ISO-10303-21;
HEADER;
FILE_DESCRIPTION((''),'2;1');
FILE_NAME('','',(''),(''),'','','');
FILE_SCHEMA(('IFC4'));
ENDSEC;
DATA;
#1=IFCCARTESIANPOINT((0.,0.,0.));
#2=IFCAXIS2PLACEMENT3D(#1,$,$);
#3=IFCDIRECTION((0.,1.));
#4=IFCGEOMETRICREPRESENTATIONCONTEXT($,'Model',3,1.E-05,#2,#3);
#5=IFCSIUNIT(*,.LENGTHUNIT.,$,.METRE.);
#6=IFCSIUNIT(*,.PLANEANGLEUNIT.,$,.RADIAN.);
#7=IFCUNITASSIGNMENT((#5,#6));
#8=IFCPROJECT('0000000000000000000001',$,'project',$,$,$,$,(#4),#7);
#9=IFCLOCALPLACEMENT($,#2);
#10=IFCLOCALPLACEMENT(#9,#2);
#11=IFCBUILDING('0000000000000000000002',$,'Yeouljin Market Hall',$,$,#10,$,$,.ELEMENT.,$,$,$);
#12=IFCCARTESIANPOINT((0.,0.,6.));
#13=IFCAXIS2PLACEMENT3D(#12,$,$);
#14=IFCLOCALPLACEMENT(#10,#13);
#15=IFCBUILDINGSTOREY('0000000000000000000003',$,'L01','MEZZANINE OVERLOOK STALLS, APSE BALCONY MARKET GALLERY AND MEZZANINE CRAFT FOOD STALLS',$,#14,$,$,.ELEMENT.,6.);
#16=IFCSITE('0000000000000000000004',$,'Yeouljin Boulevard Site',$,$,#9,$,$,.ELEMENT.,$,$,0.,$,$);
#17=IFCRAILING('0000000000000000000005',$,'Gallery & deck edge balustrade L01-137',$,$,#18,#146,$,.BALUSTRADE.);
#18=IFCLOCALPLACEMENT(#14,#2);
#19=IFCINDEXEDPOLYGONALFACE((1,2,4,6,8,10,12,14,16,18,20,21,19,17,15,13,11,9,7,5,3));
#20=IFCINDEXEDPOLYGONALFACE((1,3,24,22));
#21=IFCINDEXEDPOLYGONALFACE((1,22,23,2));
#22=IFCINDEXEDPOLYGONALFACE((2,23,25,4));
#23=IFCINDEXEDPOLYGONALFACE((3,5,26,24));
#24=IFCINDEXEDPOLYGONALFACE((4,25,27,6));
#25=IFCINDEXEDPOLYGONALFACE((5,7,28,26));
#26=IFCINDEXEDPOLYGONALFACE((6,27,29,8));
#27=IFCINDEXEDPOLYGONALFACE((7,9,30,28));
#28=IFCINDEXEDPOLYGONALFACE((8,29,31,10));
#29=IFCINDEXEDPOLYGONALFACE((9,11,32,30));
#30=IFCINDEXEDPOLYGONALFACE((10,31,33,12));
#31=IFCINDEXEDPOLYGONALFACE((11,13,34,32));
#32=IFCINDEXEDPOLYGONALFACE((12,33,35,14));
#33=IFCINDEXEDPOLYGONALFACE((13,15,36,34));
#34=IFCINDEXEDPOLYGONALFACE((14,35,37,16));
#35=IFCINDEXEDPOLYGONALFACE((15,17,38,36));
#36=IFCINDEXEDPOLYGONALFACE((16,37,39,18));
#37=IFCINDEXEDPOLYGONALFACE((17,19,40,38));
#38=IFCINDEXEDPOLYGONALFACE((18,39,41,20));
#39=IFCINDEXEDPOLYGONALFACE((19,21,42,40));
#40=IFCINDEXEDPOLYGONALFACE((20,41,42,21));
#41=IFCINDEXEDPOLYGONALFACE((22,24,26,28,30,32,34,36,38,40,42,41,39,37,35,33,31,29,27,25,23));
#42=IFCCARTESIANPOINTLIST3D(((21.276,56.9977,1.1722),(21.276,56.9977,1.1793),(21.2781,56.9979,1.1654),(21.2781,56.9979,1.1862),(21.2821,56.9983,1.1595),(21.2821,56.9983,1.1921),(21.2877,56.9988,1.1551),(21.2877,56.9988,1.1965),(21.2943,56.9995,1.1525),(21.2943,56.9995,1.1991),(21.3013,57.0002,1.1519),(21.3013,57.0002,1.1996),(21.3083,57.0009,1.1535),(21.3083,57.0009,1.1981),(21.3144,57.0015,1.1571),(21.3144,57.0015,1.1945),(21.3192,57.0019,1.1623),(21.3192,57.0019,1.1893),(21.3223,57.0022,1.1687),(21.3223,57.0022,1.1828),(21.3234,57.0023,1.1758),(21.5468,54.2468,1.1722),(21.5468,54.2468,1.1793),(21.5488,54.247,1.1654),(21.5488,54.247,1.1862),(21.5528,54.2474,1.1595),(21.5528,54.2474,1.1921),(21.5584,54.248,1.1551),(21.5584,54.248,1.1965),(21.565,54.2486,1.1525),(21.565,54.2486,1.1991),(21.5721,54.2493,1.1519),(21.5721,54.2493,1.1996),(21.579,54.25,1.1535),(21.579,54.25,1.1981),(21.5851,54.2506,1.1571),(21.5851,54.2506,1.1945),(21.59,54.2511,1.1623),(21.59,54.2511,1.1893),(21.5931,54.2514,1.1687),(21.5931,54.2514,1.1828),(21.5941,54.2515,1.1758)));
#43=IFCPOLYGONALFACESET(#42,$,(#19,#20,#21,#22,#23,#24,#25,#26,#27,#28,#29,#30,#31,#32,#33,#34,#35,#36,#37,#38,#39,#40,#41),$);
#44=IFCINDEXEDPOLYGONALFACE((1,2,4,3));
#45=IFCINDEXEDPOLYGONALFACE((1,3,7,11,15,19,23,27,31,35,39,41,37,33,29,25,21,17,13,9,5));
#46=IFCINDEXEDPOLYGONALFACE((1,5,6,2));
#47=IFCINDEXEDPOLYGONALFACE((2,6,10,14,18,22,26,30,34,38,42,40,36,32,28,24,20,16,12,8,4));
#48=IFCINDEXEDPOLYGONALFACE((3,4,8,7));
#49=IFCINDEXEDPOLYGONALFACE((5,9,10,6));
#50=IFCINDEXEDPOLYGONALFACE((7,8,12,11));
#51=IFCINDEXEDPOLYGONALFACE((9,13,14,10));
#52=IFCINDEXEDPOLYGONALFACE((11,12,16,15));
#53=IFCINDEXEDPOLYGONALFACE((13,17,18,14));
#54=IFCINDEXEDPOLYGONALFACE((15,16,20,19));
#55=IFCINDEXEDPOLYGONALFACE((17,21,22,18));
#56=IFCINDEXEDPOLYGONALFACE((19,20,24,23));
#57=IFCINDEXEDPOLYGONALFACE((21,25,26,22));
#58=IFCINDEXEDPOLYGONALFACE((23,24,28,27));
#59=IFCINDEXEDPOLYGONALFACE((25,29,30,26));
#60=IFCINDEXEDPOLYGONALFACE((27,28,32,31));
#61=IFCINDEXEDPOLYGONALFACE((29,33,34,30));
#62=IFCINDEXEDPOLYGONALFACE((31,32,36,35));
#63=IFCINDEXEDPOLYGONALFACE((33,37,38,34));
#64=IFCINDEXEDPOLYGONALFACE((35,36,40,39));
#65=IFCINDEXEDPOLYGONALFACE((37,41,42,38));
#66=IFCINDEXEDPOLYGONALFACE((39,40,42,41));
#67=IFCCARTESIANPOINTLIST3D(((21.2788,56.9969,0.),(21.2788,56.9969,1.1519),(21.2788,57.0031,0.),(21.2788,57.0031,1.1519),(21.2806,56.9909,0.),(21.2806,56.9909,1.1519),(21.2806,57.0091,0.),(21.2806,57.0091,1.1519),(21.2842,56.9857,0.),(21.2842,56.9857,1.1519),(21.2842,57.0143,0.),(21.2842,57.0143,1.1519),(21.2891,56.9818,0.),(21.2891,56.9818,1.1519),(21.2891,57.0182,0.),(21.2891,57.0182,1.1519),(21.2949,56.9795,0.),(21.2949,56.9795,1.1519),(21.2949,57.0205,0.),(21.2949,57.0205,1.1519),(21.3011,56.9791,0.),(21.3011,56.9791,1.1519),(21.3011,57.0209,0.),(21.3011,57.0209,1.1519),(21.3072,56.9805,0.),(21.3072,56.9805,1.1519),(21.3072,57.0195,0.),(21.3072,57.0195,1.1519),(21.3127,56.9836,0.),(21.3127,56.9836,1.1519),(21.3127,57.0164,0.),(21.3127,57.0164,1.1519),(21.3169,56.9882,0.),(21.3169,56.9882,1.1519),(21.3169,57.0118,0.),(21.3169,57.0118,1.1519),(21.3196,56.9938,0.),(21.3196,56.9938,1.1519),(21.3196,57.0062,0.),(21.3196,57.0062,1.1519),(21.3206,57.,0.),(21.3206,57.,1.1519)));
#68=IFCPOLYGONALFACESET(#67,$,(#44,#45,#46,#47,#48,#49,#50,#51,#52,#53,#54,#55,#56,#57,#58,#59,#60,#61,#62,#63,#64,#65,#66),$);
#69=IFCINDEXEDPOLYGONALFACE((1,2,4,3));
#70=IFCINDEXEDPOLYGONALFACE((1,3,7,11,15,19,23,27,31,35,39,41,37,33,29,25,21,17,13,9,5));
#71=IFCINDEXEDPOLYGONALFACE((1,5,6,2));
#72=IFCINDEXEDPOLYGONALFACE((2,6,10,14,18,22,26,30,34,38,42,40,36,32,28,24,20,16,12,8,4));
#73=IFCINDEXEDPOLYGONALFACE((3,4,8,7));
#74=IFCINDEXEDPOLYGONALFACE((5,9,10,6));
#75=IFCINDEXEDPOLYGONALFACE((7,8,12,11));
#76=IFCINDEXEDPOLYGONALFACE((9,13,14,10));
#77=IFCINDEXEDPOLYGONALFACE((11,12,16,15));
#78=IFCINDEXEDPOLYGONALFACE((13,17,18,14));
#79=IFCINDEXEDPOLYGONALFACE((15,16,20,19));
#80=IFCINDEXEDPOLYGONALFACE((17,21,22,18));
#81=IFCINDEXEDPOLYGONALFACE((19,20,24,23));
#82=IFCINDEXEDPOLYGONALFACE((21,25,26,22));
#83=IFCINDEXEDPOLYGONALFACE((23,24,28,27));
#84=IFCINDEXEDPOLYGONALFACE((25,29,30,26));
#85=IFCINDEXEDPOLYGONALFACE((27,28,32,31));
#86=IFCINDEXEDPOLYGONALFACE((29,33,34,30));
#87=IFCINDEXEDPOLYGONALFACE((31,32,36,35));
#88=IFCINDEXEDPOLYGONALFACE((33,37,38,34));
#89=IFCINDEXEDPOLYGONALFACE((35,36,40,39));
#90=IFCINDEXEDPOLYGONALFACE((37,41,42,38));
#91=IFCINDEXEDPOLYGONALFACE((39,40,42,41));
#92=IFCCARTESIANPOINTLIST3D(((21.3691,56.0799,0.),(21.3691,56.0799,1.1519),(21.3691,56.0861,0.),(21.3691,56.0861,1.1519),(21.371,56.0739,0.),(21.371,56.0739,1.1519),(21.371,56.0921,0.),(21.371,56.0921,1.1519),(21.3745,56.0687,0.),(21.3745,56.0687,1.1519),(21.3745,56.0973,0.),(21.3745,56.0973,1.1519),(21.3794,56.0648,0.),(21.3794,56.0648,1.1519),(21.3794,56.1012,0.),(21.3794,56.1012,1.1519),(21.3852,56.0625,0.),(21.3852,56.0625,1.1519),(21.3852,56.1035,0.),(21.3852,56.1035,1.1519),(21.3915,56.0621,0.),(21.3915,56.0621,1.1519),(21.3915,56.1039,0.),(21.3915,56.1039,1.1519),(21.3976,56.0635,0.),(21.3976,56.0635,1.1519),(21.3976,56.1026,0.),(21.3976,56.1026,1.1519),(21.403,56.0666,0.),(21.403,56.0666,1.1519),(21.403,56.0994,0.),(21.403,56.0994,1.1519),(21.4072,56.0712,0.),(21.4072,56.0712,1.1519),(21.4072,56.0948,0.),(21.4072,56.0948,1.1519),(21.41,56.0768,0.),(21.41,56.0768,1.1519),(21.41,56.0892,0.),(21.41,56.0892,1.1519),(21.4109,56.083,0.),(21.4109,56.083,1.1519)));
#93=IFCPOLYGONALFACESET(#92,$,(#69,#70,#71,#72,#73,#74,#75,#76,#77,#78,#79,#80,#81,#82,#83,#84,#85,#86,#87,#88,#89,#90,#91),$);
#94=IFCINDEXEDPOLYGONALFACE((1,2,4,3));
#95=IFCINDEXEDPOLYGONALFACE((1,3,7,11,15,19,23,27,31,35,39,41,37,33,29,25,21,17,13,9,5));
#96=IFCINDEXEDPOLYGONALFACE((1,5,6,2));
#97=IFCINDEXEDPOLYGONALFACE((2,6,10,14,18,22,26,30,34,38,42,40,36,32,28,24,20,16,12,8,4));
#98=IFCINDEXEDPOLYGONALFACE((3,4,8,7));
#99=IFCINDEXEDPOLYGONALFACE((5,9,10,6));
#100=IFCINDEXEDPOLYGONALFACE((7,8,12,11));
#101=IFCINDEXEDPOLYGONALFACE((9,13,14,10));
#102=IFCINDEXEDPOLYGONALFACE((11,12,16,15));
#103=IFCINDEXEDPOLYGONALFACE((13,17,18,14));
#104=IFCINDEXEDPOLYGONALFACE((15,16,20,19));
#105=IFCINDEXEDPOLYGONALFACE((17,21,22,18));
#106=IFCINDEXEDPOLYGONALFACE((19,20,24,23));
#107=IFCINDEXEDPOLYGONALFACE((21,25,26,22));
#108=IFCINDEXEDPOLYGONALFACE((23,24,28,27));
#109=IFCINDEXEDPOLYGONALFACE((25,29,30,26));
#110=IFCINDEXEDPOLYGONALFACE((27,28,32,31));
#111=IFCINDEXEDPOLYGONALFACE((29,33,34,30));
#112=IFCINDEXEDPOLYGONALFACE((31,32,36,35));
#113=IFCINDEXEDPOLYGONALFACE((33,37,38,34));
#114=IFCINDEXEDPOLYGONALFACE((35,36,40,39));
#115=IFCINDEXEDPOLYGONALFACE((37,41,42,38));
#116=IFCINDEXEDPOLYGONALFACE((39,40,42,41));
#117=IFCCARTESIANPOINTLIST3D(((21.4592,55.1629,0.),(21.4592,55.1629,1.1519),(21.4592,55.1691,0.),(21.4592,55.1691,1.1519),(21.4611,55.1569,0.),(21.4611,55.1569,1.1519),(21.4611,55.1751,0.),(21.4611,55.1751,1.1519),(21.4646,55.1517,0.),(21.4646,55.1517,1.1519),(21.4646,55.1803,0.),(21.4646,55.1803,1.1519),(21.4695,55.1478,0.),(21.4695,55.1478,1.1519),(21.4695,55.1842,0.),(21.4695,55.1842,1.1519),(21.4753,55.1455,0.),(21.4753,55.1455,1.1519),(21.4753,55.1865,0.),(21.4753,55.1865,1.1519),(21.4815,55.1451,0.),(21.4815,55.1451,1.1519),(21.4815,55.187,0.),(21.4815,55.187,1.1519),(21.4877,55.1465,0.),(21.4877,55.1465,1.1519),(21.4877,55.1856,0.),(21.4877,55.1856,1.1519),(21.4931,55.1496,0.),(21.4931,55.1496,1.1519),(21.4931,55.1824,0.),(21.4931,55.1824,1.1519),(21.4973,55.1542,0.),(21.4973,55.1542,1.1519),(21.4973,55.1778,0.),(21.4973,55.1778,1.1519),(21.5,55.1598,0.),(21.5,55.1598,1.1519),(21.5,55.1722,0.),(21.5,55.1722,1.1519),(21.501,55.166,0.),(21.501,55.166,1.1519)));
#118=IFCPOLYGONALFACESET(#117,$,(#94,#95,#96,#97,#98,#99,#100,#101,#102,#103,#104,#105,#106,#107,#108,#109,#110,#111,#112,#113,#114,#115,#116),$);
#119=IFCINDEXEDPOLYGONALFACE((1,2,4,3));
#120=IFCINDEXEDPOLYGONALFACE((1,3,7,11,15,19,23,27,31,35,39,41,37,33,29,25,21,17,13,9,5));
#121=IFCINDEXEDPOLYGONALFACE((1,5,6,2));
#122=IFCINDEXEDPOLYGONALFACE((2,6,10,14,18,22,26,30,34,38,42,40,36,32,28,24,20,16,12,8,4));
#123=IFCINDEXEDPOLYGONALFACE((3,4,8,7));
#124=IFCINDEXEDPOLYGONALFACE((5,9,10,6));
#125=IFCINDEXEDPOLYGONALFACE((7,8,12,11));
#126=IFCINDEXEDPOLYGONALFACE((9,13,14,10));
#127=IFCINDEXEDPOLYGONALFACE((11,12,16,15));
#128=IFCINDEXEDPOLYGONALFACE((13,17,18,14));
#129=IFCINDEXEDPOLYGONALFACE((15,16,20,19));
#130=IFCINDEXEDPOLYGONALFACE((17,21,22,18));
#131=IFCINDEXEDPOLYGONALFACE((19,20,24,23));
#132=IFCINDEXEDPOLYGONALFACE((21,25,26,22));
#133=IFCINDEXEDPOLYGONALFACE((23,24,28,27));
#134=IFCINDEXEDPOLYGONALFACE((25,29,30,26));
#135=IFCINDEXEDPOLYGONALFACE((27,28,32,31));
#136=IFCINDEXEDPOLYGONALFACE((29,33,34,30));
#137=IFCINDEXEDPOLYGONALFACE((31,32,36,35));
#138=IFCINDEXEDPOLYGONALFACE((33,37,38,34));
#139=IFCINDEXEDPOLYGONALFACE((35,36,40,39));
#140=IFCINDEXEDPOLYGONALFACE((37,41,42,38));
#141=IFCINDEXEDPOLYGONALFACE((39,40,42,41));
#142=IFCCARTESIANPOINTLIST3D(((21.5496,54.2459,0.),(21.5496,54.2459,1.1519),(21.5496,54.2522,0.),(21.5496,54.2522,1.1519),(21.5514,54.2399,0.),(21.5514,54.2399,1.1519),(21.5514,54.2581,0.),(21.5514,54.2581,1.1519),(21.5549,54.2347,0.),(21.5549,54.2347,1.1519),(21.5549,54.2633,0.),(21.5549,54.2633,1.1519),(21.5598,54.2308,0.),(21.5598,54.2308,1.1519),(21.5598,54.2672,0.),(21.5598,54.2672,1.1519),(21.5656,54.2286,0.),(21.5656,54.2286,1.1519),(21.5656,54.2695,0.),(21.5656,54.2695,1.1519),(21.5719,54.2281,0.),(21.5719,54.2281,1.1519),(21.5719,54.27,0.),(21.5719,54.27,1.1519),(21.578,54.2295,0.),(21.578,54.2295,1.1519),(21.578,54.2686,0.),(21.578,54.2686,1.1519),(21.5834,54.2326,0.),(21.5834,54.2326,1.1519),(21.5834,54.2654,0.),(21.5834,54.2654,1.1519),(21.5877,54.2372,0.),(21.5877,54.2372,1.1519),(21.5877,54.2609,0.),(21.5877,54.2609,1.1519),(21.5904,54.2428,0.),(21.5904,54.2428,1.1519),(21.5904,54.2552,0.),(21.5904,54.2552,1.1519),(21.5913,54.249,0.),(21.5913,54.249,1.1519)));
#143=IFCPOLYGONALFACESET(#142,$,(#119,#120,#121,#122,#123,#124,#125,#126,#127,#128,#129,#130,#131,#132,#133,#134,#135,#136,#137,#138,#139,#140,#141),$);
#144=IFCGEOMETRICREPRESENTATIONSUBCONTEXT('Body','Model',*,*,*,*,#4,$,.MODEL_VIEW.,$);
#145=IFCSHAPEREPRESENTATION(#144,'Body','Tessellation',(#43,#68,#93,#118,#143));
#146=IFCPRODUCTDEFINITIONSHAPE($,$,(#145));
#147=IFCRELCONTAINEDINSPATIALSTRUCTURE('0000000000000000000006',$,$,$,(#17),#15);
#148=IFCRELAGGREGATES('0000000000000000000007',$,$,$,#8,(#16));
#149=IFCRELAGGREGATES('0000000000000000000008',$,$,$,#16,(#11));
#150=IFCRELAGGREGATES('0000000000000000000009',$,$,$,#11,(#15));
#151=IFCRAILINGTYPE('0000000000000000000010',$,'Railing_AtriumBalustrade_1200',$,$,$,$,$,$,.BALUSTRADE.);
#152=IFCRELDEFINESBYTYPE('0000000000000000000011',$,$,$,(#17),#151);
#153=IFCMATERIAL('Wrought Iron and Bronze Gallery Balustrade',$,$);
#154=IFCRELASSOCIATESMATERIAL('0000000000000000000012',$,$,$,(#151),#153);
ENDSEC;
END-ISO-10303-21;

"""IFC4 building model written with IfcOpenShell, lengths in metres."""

from ifc_helpers import new_model, si_unit, direction, frame, origin, origin_2d, place, context, subcontext, project, spatial, circle, extrude, material, type_object, element, save


model = new_model("IFC4")

# Units and contexts
model_context = context("Model", 3, precision=1e-05, world=origin(), true_north=direction((0.0, 1.0)))
body_context = subcontext(model_context, "Body", "Model", "MODEL_VIEW")
ifc_project = project(units=[si_unit("LENGTHUNIT", "METRE"), si_unit("PLANEANGLEUNIT", "RADIAN")], contexts=[model_context])

# Site, building, storey
site_placement = place(None, origin())
site = spatial("IfcSite", under=ifc_project, at=site_placement, Name="Yeouljin Boulevard Site", CompositionType="ELEMENT", RefElevation=0.0)
building_placement = place(site_placement, origin())
building = spatial("IfcBuilding", under=site, at=building_placement, Name="Yeouljin Market Hall", CompositionType="ELEMENT")
storey_placement = place(building_placement, frame((0.0, 0.0, 6.0)))
storey = spatial("IfcBuildingStorey", under=building, at=storey_placement, Name="L01", Description="MEZZANINE OVERLOOK STALLS, APSE BALCONY MARKET GALLERY AND MEZZANINE CRAFT FOOD STALLS", CompositionType="ELEMENT", Elevation=6.0)

# Railing
ifc_material_1 = material(Name="Wrought Iron and Bronze Gallery Balustrade")
railing_type = type_object("IfcRailingType", Name="Railing_AtriumBalustrade_1200", PredefinedType="BALUSTRADE", material=ifc_material_1)
railing_1_placement = place(storey_placement, frame((21.2996, 57.0, 0.0)))
element("IfcRailing", 1, at=railing_1_placement, inside=storey, type_object=railing_type, Name="Gallery & deck edge balustrade L01-137", PredefinedType="BALUSTRADE", context=body_context, shape_type="SweptSolid", body=[
    extrude(circle(Radius=0.0239, at=origin_2d()), frame((0.0, 0.0, 1.1758), z_axis=(0.097947, -0.995192, 0.0), x_axis=(0.995192, 0.097947, 0.0)), (0.0, 0.0, 1.0), 2.7642),
    extrude(circle(Radius=0.021, at=origin_2d()), origin(), (0.0, 0.0, 1.0), 1.1519),
    extrude(circle(Radius=0.021, at=origin_2d()), frame((0.0903, -0.917, 0.0)), (0.0, 0.0, 1.0), 1.1519),
    extrude(circle(Radius=0.021, at=origin_2d()), frame((0.1804, -1.834, 0.0)), (0.0, 0.0, 1.0), 1.1519),
    extrude(circle(Radius=0.021, at=origin_2d()), frame((0.2708, -2.751, 0.0)), (0.0, 0.0, 1.0), 1.1519),
])

save(model, "model.ifc")
